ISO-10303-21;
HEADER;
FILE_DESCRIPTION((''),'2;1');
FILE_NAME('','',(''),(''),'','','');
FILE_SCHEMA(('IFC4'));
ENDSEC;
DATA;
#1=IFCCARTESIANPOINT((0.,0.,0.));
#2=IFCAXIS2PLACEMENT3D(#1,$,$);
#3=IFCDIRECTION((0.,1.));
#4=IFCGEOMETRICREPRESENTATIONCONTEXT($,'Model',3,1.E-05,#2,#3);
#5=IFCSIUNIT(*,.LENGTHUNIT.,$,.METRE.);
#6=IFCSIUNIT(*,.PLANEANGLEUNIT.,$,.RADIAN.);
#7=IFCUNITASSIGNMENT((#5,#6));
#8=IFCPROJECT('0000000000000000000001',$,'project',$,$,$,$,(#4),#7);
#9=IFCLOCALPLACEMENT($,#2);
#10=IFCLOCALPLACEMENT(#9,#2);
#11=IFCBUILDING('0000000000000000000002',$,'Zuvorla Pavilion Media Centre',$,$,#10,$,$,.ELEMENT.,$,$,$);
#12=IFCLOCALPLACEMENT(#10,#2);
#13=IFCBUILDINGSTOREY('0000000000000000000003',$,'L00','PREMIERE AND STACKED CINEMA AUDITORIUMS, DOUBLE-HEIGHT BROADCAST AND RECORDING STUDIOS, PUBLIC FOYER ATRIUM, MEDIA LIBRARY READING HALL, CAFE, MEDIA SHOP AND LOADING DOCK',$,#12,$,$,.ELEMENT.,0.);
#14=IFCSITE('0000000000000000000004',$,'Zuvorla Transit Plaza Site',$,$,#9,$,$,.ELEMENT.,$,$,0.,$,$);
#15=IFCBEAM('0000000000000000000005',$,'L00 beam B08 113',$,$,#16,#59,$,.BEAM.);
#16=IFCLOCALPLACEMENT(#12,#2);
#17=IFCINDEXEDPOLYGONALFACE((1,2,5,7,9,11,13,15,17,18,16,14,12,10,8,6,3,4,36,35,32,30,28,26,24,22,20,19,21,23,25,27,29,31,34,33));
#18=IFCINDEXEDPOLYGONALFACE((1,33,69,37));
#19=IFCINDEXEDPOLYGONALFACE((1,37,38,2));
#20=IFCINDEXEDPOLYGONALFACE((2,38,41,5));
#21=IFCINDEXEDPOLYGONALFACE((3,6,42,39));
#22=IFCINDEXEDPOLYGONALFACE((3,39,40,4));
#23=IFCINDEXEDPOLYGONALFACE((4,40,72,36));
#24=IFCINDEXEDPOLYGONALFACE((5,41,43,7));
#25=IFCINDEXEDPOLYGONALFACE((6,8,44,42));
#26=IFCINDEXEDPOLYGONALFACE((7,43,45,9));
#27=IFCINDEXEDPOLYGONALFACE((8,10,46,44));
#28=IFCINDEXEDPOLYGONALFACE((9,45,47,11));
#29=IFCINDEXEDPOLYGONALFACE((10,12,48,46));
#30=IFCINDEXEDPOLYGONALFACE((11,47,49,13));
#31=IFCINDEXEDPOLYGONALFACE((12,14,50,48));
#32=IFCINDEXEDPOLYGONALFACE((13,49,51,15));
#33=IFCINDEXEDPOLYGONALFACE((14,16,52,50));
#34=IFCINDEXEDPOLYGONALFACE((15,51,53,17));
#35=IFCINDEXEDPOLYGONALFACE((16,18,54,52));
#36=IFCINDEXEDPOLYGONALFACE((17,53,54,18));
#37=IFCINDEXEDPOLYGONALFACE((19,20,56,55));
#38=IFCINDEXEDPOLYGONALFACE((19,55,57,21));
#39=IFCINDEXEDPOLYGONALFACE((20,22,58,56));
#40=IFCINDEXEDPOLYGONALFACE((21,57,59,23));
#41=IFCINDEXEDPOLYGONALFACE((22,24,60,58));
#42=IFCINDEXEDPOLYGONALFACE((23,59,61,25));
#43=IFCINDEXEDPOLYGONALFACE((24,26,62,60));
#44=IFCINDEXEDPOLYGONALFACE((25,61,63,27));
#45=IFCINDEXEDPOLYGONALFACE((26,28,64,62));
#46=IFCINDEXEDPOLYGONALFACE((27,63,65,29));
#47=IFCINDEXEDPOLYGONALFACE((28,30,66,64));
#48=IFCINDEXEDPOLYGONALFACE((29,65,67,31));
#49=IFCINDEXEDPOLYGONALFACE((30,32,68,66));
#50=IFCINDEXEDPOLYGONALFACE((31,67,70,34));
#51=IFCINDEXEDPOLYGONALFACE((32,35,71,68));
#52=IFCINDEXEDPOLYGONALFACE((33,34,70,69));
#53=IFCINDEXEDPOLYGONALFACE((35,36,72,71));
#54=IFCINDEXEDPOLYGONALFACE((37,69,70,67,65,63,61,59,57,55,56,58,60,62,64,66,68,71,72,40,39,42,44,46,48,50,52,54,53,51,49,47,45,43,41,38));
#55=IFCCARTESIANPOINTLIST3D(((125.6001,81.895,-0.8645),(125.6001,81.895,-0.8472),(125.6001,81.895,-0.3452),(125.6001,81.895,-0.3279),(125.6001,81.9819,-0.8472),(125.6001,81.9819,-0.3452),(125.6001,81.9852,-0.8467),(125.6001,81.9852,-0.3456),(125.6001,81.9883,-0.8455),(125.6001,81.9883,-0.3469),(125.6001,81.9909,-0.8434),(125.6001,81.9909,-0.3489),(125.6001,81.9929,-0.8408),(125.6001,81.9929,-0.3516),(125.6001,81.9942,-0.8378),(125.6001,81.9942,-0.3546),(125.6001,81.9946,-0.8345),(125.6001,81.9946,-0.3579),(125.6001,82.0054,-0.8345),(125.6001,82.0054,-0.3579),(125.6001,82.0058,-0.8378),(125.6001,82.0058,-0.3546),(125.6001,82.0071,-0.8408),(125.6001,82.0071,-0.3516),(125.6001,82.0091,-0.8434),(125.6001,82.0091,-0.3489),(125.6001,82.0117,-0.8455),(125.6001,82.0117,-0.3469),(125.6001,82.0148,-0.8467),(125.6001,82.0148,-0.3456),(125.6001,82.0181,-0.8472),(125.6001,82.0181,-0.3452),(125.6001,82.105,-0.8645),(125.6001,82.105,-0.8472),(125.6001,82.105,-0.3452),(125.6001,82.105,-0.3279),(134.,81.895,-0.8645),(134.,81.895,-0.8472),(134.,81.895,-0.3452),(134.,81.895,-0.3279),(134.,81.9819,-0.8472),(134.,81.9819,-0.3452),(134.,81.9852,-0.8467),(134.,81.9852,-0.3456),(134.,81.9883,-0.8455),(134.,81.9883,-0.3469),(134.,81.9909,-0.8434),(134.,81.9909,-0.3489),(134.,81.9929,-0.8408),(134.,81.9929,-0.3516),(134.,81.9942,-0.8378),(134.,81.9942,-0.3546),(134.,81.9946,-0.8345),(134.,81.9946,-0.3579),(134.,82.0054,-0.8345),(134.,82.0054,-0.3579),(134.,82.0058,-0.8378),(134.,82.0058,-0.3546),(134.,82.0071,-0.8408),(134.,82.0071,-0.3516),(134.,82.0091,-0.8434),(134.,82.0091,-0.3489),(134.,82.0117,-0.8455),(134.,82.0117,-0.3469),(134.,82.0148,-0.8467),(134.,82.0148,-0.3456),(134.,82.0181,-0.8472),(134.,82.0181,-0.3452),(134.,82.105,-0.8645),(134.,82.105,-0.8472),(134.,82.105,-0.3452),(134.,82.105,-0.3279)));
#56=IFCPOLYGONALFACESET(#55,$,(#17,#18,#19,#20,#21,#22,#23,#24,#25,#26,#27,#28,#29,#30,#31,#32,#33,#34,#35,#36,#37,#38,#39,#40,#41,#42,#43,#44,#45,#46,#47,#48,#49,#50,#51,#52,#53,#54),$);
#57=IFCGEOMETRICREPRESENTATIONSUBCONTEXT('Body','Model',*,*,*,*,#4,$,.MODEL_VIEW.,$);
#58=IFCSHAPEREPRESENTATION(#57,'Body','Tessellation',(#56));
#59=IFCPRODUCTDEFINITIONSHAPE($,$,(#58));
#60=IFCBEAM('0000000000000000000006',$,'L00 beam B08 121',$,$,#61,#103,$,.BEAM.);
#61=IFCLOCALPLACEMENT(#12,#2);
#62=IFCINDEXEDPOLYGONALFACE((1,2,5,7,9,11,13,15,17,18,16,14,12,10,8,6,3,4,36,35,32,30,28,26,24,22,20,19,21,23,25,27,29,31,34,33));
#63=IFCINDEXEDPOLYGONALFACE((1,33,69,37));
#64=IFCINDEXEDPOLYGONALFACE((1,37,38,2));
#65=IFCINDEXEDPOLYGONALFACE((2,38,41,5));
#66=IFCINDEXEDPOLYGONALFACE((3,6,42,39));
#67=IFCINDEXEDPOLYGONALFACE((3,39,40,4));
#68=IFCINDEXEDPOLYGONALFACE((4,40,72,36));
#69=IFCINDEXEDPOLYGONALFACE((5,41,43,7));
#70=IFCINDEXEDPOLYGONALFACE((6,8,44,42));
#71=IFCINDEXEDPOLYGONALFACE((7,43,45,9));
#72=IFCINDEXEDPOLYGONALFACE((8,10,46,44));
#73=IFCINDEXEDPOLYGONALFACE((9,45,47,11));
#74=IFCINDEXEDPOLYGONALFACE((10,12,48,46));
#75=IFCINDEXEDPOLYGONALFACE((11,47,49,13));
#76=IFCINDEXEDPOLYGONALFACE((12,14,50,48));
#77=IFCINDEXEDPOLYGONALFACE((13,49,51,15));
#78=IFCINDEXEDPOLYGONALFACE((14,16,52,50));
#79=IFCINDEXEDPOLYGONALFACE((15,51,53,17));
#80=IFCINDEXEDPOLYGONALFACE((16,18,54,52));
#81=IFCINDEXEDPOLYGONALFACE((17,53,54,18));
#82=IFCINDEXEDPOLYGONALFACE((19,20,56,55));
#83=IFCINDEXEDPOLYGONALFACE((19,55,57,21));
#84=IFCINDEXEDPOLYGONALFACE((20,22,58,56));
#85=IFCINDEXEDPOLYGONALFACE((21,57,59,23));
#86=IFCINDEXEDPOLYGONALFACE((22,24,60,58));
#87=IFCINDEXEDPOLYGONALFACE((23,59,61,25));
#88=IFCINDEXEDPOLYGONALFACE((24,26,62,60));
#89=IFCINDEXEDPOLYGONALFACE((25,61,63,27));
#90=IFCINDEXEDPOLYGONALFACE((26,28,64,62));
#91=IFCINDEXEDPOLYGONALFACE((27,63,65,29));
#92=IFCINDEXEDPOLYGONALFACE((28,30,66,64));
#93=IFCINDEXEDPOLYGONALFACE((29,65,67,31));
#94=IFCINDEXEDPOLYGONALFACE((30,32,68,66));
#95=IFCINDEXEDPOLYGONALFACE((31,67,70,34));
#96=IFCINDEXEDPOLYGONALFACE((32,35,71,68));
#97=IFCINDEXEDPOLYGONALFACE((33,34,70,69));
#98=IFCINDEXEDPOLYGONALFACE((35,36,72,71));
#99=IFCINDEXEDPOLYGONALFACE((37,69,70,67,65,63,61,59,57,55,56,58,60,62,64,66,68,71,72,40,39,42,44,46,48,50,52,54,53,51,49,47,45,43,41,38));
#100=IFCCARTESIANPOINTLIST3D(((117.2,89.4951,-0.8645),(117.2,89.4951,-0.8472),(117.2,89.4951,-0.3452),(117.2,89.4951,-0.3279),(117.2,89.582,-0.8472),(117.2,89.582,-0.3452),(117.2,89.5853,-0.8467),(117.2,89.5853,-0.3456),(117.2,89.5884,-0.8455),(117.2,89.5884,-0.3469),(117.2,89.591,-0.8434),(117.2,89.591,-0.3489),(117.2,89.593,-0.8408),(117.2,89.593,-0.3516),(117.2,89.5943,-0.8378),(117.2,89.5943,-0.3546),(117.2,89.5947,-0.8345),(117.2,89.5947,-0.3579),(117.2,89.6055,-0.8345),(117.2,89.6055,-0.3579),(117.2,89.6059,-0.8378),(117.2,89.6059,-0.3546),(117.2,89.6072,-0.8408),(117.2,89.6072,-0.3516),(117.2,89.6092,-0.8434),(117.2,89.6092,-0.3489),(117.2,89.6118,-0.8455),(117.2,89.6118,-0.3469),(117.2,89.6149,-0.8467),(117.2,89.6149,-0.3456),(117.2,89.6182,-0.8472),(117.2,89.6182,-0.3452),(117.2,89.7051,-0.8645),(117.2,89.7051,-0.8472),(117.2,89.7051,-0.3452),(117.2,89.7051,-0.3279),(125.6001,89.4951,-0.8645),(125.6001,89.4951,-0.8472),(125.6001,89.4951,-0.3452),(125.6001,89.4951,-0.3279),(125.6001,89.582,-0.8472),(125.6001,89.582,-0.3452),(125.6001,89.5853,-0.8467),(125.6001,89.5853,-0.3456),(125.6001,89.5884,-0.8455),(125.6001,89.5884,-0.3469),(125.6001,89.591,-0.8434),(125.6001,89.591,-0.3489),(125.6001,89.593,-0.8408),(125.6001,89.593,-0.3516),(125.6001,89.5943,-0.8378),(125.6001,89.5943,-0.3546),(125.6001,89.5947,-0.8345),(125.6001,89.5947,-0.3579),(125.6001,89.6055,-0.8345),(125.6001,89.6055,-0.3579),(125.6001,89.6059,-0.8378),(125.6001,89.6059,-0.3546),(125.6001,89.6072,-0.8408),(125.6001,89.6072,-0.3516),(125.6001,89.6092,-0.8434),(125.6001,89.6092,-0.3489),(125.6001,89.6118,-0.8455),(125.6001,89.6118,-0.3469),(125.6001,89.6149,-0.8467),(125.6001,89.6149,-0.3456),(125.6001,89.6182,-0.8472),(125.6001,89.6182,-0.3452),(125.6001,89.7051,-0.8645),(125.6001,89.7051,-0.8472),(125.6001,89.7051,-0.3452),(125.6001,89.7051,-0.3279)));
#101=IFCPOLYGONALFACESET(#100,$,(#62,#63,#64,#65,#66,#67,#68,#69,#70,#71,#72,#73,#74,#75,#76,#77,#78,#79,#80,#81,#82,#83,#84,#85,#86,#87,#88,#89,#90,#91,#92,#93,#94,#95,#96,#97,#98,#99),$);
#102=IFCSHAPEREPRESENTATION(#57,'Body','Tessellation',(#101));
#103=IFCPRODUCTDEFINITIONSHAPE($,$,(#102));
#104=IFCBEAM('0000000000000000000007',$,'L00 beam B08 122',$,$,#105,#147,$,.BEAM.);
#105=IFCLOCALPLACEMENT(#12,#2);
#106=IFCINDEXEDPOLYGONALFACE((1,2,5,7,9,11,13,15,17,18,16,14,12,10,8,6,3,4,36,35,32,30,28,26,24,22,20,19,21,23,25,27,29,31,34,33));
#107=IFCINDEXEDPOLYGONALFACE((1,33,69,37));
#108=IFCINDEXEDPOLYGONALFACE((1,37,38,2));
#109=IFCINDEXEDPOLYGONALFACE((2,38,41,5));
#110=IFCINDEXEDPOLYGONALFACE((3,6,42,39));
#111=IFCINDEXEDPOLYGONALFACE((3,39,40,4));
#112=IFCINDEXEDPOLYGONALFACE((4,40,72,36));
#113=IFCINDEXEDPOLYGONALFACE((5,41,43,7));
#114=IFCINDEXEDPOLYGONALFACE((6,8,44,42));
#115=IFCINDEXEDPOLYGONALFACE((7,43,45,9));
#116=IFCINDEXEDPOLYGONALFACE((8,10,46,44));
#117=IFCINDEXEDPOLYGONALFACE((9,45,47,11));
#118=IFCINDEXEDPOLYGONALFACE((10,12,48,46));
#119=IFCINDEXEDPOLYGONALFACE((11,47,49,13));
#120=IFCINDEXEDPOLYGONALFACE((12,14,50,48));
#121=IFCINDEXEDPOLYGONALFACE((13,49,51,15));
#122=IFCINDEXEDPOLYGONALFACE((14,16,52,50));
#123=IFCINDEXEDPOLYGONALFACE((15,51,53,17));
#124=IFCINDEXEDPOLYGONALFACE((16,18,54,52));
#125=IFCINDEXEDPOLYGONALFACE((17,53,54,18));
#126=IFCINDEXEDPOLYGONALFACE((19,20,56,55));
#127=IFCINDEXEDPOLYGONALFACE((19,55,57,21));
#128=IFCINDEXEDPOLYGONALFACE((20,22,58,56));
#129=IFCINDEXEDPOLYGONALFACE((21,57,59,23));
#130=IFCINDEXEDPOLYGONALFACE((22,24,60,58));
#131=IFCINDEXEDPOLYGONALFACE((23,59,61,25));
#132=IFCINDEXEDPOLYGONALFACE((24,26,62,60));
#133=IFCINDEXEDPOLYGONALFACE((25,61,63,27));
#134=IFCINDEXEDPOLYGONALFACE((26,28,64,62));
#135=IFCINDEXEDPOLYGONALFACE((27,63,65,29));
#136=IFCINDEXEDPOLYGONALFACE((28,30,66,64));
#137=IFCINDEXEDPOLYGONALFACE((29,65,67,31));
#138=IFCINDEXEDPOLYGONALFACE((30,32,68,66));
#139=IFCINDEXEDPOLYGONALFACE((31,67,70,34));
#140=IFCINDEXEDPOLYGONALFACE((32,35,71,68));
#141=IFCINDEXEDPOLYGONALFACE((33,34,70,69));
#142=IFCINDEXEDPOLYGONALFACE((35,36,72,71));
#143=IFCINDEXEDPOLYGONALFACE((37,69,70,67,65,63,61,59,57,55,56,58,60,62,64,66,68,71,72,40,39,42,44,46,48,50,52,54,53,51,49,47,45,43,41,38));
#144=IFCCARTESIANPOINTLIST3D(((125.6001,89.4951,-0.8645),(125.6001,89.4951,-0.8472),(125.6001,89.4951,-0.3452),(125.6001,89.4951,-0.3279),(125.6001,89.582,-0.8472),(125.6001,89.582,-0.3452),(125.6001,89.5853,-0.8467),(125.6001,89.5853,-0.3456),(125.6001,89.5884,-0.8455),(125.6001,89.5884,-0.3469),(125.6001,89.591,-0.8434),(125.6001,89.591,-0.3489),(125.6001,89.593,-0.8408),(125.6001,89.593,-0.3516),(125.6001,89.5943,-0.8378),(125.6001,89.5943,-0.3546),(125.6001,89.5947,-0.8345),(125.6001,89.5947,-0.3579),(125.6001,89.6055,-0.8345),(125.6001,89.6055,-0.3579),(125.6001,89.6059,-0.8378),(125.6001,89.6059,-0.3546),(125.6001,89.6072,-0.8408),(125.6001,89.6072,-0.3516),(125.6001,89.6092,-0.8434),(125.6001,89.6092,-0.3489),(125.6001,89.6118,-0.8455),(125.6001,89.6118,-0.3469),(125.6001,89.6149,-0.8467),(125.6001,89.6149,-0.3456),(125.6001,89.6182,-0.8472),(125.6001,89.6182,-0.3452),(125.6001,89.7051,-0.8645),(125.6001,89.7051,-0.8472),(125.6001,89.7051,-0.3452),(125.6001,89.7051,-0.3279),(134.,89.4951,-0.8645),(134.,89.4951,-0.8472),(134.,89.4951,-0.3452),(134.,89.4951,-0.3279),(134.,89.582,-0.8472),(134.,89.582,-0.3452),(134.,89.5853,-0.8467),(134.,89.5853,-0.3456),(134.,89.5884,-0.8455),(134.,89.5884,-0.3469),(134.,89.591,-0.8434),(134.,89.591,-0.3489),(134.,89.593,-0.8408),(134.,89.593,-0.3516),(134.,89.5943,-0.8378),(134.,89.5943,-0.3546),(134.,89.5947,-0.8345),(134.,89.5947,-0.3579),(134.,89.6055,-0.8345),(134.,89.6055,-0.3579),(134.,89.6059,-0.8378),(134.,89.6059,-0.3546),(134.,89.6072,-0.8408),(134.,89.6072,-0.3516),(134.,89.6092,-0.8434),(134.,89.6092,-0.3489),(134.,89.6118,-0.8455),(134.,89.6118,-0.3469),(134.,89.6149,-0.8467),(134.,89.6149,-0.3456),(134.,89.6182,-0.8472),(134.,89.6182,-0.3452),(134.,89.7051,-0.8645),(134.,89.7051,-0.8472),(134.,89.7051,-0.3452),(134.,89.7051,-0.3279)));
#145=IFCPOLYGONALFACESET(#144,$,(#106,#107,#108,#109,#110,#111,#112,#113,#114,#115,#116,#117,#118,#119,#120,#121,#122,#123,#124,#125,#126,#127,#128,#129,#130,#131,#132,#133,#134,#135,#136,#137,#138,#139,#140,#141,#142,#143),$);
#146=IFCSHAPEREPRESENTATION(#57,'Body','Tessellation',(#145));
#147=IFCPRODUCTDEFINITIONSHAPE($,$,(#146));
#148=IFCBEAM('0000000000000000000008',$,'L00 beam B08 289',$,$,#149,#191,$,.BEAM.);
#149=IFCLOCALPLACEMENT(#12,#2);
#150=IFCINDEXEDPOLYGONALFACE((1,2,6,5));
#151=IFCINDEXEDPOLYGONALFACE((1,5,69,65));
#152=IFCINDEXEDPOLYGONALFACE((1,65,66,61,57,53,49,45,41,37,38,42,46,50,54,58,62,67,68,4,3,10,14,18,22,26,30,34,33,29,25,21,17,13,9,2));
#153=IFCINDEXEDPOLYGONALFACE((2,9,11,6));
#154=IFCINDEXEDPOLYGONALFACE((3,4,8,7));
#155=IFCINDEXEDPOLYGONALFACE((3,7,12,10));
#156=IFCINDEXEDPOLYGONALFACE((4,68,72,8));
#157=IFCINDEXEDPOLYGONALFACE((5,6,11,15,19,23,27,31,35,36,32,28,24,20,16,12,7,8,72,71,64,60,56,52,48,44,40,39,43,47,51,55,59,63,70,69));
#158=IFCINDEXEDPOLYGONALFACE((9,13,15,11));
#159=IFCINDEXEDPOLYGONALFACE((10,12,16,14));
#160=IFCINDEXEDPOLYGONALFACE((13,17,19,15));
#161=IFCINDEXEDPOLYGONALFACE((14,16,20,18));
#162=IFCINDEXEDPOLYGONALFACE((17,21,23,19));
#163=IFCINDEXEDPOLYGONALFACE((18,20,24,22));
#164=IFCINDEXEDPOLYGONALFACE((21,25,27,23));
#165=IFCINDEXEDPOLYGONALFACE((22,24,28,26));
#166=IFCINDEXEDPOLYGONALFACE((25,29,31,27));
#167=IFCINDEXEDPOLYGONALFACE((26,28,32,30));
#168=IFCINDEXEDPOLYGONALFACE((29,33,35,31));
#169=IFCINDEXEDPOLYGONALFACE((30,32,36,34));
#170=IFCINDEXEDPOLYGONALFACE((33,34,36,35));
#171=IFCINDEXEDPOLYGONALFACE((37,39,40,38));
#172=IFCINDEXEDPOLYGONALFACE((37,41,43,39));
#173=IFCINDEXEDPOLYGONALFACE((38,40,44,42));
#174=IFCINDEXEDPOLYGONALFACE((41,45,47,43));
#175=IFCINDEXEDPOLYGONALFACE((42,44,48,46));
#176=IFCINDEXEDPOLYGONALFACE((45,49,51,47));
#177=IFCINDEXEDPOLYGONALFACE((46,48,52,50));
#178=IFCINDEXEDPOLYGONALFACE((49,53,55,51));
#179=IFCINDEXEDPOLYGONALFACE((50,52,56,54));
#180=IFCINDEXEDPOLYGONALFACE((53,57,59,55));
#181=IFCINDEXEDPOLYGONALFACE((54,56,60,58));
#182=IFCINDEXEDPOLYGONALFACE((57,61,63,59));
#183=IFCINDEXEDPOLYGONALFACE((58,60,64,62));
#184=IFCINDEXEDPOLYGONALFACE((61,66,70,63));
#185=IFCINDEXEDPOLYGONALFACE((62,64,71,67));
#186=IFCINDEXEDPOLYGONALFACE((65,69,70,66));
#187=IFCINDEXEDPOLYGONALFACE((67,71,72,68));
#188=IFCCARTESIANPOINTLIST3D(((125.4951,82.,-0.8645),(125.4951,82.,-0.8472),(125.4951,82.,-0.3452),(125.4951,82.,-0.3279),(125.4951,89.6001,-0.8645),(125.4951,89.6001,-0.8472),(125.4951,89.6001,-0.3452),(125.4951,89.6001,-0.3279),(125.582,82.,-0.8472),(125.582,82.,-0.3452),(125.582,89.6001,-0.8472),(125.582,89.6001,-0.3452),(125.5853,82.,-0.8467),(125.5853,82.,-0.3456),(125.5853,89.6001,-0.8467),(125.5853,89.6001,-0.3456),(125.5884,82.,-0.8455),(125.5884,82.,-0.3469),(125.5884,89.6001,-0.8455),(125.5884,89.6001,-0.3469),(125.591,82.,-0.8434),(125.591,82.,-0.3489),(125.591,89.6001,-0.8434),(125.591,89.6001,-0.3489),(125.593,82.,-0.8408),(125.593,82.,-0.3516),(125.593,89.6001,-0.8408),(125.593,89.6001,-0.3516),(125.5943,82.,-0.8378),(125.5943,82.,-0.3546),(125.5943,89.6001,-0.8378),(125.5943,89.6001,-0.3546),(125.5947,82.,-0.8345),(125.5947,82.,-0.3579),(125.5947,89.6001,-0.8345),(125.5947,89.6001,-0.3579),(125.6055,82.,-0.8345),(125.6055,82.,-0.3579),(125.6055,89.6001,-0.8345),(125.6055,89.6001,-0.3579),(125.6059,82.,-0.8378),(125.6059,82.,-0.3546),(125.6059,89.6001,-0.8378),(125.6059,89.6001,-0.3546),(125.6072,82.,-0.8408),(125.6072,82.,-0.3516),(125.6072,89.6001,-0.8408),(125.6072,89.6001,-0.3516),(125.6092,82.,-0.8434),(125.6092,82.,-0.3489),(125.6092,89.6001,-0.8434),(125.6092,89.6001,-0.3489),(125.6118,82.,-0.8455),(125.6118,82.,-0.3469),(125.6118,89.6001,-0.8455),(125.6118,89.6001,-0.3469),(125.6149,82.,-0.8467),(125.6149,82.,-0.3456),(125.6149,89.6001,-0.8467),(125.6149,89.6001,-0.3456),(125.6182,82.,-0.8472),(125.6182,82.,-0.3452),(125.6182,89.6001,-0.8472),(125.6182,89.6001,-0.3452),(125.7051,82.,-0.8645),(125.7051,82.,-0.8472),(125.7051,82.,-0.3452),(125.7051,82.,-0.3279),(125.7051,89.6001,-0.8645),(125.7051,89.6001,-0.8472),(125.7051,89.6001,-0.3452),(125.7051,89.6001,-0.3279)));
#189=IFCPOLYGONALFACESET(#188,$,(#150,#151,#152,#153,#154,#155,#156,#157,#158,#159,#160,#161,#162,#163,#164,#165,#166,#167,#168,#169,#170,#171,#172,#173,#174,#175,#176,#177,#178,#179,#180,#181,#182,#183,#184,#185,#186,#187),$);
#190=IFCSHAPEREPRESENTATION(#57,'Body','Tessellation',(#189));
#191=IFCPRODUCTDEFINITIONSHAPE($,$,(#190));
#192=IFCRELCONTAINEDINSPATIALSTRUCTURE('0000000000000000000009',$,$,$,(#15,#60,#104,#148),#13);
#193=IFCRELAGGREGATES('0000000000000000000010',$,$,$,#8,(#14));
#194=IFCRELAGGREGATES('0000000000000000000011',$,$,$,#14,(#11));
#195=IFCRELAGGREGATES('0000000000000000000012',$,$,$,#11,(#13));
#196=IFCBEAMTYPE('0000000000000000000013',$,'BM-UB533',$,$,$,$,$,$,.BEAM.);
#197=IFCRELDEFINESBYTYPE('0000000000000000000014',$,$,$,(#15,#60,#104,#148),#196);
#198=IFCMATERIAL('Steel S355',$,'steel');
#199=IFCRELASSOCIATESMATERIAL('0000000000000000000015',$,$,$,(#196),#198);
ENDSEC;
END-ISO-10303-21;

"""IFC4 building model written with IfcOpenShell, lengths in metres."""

from ifc_helpers import new_model, si_unit, direction, frame, origin, origin_2d, place, context, subcontext, project, spatial, i_section, extrude, material, material_profile, profile_set, type_object, element, save


model = new_model("IFC4")

# Units and contexts
model_context = context("Model", 3, precision=1e-05, world=origin(), true_north=direction((0.0, 1.0)))
body_context = subcontext(model_context, "Body", "Model", "MODEL_VIEW")
ifc_project = project(units=[si_unit("LENGTHUNIT", "METRE"), si_unit("PLANEANGLEUNIT", "RADIAN")], contexts=[model_context])

# Site, building, storey
site_placement = place(None, origin())
site = spatial("IfcSite", under=ifc_project, at=site_placement, Name="Zuvorla Transit Plaza Site", CompositionType="ELEMENT", RefElevation=0.0)
building_placement = place(site_placement, origin())
building = spatial("IfcBuilding", under=site, at=building_placement, Name="Zuvorla Pavilion Media Centre", CompositionType="ELEMENT")
storey_placement = place(building_placement, origin())
storey = spatial("IfcBuildingStorey", under=building, at=storey_placement, Name="L00", Description="PREMIERE AND STACKED CINEMA AUDITORIUMS, DOUBLE-HEIGHT BROADCAST AND RECORDING STUDIOS, PUBLIC FOYER ATRIUM, MEDIA LIBRARY READING HALL, CAFE, MEDIA SHOP AND LOADING DOCK", CompositionType="ELEMENT", Elevation=0.0)

# Beams
ifc_material_1 = material(Name="Steel S355", Category="steel")
ifc_material_profile_1 = material_profile(ifc_material_1, i_section(OverallWidth=0.21, OverallDepth=0.5366, WebThickness=0.0107, FlangeThickness=0.0173, FilletRadius=0.0127, at=origin_2d()), Name="UB 533x210x101")
ifc_profile_set_1 = profile_set([ifc_material_profile_1], Name="Steel S355")
beam_type_1 = type_object("IfcBeamType", Name="BM-UB533", PredefinedType="BEAM", material=ifc_profile_set_1)
beam_1_placement = place(storey_placement, frame((125.6001, 82.0, -0.5962), z_axis=(1.0, 0.0, 0.0), x_axis=(0.0, 1.0, 0.0)))
element("IfcBeam", 1, at=beam_1_placement, inside=storey, type_object=beam_type_1, Name="L00 beam B08 113", PredefinedType="BEAM", context=body_context, shape_type="SweptSolid", body=[
    extrude(i_section(OverallWidth=0.21, OverallDepth=0.5366, WebThickness=0.0107, FlangeThickness=0.0173, FilletRadius=0.0127, at=origin_2d()), origin(), (0.0, 0.0, 1.0), 8.3999),
])
beam_2_placement = place(storey_placement, frame((117.2, 89.6001, -0.5962), z_axis=(1.0, 0.0, 0.0), x_axis=(0.0, 1.0, 0.0)))
element("IfcBeam", 2, at=beam_2_placement, inside=storey, type_object=beam_type_1, Name="L00 beam B08 121", PredefinedType="BEAM", context=body_context, shape_type="SweptSolid", body=[
    extrude(i_section(OverallWidth=0.21, OverallDepth=0.5366, WebThickness=0.0107, FlangeThickness=0.0173, FilletRadius=0.0127, at=origin_2d()), origin(), (0.0, 0.0, 1.0), 8.4001),
])
beam_3_placement = place(storey_placement, frame((125.6001, 89.6001, -0.5962), z_axis=(1.0, 0.0, 0.0), x_axis=(0.0, 1.0, 0.0)))
element("IfcBeam", 3, at=beam_3_placement, inside=storey, type_object=beam_type_1, Name="L00 beam B08 122", PredefinedType="BEAM", context=body_context, shape_type="SweptSolid", body=[
    extrude(i_section(OverallWidth=0.21, OverallDepth=0.5366, WebThickness=0.0107, FlangeThickness=0.0173, FilletRadius=0.0127, at=origin_2d()), origin(), (0.0, 0.0, 1.0), 8.3999),
])
beam_4_placement = place(storey_placement, frame((125.6001, 82.0, -0.5962), z_axis=(0.0, 1.0, 0.0), x_axis=(-1.0, 0.0, 0.0)))
element("IfcBeam", 4, at=beam_4_placement, inside=storey, type_object=beam_type_1, Name="L00 beam B08 289", PredefinedType="BEAM", context=body_context, shape_type="SweptSolid", body=[
    extrude(i_section(OverallWidth=0.21, OverallDepth=0.5366, WebThickness=0.0107, FlangeThickness=0.0173, FilletRadius=0.0127, at=origin_2d()), origin(), (0.0, 0.0, 1.0), 7.6001),
])

save(model, "model.ifc")
